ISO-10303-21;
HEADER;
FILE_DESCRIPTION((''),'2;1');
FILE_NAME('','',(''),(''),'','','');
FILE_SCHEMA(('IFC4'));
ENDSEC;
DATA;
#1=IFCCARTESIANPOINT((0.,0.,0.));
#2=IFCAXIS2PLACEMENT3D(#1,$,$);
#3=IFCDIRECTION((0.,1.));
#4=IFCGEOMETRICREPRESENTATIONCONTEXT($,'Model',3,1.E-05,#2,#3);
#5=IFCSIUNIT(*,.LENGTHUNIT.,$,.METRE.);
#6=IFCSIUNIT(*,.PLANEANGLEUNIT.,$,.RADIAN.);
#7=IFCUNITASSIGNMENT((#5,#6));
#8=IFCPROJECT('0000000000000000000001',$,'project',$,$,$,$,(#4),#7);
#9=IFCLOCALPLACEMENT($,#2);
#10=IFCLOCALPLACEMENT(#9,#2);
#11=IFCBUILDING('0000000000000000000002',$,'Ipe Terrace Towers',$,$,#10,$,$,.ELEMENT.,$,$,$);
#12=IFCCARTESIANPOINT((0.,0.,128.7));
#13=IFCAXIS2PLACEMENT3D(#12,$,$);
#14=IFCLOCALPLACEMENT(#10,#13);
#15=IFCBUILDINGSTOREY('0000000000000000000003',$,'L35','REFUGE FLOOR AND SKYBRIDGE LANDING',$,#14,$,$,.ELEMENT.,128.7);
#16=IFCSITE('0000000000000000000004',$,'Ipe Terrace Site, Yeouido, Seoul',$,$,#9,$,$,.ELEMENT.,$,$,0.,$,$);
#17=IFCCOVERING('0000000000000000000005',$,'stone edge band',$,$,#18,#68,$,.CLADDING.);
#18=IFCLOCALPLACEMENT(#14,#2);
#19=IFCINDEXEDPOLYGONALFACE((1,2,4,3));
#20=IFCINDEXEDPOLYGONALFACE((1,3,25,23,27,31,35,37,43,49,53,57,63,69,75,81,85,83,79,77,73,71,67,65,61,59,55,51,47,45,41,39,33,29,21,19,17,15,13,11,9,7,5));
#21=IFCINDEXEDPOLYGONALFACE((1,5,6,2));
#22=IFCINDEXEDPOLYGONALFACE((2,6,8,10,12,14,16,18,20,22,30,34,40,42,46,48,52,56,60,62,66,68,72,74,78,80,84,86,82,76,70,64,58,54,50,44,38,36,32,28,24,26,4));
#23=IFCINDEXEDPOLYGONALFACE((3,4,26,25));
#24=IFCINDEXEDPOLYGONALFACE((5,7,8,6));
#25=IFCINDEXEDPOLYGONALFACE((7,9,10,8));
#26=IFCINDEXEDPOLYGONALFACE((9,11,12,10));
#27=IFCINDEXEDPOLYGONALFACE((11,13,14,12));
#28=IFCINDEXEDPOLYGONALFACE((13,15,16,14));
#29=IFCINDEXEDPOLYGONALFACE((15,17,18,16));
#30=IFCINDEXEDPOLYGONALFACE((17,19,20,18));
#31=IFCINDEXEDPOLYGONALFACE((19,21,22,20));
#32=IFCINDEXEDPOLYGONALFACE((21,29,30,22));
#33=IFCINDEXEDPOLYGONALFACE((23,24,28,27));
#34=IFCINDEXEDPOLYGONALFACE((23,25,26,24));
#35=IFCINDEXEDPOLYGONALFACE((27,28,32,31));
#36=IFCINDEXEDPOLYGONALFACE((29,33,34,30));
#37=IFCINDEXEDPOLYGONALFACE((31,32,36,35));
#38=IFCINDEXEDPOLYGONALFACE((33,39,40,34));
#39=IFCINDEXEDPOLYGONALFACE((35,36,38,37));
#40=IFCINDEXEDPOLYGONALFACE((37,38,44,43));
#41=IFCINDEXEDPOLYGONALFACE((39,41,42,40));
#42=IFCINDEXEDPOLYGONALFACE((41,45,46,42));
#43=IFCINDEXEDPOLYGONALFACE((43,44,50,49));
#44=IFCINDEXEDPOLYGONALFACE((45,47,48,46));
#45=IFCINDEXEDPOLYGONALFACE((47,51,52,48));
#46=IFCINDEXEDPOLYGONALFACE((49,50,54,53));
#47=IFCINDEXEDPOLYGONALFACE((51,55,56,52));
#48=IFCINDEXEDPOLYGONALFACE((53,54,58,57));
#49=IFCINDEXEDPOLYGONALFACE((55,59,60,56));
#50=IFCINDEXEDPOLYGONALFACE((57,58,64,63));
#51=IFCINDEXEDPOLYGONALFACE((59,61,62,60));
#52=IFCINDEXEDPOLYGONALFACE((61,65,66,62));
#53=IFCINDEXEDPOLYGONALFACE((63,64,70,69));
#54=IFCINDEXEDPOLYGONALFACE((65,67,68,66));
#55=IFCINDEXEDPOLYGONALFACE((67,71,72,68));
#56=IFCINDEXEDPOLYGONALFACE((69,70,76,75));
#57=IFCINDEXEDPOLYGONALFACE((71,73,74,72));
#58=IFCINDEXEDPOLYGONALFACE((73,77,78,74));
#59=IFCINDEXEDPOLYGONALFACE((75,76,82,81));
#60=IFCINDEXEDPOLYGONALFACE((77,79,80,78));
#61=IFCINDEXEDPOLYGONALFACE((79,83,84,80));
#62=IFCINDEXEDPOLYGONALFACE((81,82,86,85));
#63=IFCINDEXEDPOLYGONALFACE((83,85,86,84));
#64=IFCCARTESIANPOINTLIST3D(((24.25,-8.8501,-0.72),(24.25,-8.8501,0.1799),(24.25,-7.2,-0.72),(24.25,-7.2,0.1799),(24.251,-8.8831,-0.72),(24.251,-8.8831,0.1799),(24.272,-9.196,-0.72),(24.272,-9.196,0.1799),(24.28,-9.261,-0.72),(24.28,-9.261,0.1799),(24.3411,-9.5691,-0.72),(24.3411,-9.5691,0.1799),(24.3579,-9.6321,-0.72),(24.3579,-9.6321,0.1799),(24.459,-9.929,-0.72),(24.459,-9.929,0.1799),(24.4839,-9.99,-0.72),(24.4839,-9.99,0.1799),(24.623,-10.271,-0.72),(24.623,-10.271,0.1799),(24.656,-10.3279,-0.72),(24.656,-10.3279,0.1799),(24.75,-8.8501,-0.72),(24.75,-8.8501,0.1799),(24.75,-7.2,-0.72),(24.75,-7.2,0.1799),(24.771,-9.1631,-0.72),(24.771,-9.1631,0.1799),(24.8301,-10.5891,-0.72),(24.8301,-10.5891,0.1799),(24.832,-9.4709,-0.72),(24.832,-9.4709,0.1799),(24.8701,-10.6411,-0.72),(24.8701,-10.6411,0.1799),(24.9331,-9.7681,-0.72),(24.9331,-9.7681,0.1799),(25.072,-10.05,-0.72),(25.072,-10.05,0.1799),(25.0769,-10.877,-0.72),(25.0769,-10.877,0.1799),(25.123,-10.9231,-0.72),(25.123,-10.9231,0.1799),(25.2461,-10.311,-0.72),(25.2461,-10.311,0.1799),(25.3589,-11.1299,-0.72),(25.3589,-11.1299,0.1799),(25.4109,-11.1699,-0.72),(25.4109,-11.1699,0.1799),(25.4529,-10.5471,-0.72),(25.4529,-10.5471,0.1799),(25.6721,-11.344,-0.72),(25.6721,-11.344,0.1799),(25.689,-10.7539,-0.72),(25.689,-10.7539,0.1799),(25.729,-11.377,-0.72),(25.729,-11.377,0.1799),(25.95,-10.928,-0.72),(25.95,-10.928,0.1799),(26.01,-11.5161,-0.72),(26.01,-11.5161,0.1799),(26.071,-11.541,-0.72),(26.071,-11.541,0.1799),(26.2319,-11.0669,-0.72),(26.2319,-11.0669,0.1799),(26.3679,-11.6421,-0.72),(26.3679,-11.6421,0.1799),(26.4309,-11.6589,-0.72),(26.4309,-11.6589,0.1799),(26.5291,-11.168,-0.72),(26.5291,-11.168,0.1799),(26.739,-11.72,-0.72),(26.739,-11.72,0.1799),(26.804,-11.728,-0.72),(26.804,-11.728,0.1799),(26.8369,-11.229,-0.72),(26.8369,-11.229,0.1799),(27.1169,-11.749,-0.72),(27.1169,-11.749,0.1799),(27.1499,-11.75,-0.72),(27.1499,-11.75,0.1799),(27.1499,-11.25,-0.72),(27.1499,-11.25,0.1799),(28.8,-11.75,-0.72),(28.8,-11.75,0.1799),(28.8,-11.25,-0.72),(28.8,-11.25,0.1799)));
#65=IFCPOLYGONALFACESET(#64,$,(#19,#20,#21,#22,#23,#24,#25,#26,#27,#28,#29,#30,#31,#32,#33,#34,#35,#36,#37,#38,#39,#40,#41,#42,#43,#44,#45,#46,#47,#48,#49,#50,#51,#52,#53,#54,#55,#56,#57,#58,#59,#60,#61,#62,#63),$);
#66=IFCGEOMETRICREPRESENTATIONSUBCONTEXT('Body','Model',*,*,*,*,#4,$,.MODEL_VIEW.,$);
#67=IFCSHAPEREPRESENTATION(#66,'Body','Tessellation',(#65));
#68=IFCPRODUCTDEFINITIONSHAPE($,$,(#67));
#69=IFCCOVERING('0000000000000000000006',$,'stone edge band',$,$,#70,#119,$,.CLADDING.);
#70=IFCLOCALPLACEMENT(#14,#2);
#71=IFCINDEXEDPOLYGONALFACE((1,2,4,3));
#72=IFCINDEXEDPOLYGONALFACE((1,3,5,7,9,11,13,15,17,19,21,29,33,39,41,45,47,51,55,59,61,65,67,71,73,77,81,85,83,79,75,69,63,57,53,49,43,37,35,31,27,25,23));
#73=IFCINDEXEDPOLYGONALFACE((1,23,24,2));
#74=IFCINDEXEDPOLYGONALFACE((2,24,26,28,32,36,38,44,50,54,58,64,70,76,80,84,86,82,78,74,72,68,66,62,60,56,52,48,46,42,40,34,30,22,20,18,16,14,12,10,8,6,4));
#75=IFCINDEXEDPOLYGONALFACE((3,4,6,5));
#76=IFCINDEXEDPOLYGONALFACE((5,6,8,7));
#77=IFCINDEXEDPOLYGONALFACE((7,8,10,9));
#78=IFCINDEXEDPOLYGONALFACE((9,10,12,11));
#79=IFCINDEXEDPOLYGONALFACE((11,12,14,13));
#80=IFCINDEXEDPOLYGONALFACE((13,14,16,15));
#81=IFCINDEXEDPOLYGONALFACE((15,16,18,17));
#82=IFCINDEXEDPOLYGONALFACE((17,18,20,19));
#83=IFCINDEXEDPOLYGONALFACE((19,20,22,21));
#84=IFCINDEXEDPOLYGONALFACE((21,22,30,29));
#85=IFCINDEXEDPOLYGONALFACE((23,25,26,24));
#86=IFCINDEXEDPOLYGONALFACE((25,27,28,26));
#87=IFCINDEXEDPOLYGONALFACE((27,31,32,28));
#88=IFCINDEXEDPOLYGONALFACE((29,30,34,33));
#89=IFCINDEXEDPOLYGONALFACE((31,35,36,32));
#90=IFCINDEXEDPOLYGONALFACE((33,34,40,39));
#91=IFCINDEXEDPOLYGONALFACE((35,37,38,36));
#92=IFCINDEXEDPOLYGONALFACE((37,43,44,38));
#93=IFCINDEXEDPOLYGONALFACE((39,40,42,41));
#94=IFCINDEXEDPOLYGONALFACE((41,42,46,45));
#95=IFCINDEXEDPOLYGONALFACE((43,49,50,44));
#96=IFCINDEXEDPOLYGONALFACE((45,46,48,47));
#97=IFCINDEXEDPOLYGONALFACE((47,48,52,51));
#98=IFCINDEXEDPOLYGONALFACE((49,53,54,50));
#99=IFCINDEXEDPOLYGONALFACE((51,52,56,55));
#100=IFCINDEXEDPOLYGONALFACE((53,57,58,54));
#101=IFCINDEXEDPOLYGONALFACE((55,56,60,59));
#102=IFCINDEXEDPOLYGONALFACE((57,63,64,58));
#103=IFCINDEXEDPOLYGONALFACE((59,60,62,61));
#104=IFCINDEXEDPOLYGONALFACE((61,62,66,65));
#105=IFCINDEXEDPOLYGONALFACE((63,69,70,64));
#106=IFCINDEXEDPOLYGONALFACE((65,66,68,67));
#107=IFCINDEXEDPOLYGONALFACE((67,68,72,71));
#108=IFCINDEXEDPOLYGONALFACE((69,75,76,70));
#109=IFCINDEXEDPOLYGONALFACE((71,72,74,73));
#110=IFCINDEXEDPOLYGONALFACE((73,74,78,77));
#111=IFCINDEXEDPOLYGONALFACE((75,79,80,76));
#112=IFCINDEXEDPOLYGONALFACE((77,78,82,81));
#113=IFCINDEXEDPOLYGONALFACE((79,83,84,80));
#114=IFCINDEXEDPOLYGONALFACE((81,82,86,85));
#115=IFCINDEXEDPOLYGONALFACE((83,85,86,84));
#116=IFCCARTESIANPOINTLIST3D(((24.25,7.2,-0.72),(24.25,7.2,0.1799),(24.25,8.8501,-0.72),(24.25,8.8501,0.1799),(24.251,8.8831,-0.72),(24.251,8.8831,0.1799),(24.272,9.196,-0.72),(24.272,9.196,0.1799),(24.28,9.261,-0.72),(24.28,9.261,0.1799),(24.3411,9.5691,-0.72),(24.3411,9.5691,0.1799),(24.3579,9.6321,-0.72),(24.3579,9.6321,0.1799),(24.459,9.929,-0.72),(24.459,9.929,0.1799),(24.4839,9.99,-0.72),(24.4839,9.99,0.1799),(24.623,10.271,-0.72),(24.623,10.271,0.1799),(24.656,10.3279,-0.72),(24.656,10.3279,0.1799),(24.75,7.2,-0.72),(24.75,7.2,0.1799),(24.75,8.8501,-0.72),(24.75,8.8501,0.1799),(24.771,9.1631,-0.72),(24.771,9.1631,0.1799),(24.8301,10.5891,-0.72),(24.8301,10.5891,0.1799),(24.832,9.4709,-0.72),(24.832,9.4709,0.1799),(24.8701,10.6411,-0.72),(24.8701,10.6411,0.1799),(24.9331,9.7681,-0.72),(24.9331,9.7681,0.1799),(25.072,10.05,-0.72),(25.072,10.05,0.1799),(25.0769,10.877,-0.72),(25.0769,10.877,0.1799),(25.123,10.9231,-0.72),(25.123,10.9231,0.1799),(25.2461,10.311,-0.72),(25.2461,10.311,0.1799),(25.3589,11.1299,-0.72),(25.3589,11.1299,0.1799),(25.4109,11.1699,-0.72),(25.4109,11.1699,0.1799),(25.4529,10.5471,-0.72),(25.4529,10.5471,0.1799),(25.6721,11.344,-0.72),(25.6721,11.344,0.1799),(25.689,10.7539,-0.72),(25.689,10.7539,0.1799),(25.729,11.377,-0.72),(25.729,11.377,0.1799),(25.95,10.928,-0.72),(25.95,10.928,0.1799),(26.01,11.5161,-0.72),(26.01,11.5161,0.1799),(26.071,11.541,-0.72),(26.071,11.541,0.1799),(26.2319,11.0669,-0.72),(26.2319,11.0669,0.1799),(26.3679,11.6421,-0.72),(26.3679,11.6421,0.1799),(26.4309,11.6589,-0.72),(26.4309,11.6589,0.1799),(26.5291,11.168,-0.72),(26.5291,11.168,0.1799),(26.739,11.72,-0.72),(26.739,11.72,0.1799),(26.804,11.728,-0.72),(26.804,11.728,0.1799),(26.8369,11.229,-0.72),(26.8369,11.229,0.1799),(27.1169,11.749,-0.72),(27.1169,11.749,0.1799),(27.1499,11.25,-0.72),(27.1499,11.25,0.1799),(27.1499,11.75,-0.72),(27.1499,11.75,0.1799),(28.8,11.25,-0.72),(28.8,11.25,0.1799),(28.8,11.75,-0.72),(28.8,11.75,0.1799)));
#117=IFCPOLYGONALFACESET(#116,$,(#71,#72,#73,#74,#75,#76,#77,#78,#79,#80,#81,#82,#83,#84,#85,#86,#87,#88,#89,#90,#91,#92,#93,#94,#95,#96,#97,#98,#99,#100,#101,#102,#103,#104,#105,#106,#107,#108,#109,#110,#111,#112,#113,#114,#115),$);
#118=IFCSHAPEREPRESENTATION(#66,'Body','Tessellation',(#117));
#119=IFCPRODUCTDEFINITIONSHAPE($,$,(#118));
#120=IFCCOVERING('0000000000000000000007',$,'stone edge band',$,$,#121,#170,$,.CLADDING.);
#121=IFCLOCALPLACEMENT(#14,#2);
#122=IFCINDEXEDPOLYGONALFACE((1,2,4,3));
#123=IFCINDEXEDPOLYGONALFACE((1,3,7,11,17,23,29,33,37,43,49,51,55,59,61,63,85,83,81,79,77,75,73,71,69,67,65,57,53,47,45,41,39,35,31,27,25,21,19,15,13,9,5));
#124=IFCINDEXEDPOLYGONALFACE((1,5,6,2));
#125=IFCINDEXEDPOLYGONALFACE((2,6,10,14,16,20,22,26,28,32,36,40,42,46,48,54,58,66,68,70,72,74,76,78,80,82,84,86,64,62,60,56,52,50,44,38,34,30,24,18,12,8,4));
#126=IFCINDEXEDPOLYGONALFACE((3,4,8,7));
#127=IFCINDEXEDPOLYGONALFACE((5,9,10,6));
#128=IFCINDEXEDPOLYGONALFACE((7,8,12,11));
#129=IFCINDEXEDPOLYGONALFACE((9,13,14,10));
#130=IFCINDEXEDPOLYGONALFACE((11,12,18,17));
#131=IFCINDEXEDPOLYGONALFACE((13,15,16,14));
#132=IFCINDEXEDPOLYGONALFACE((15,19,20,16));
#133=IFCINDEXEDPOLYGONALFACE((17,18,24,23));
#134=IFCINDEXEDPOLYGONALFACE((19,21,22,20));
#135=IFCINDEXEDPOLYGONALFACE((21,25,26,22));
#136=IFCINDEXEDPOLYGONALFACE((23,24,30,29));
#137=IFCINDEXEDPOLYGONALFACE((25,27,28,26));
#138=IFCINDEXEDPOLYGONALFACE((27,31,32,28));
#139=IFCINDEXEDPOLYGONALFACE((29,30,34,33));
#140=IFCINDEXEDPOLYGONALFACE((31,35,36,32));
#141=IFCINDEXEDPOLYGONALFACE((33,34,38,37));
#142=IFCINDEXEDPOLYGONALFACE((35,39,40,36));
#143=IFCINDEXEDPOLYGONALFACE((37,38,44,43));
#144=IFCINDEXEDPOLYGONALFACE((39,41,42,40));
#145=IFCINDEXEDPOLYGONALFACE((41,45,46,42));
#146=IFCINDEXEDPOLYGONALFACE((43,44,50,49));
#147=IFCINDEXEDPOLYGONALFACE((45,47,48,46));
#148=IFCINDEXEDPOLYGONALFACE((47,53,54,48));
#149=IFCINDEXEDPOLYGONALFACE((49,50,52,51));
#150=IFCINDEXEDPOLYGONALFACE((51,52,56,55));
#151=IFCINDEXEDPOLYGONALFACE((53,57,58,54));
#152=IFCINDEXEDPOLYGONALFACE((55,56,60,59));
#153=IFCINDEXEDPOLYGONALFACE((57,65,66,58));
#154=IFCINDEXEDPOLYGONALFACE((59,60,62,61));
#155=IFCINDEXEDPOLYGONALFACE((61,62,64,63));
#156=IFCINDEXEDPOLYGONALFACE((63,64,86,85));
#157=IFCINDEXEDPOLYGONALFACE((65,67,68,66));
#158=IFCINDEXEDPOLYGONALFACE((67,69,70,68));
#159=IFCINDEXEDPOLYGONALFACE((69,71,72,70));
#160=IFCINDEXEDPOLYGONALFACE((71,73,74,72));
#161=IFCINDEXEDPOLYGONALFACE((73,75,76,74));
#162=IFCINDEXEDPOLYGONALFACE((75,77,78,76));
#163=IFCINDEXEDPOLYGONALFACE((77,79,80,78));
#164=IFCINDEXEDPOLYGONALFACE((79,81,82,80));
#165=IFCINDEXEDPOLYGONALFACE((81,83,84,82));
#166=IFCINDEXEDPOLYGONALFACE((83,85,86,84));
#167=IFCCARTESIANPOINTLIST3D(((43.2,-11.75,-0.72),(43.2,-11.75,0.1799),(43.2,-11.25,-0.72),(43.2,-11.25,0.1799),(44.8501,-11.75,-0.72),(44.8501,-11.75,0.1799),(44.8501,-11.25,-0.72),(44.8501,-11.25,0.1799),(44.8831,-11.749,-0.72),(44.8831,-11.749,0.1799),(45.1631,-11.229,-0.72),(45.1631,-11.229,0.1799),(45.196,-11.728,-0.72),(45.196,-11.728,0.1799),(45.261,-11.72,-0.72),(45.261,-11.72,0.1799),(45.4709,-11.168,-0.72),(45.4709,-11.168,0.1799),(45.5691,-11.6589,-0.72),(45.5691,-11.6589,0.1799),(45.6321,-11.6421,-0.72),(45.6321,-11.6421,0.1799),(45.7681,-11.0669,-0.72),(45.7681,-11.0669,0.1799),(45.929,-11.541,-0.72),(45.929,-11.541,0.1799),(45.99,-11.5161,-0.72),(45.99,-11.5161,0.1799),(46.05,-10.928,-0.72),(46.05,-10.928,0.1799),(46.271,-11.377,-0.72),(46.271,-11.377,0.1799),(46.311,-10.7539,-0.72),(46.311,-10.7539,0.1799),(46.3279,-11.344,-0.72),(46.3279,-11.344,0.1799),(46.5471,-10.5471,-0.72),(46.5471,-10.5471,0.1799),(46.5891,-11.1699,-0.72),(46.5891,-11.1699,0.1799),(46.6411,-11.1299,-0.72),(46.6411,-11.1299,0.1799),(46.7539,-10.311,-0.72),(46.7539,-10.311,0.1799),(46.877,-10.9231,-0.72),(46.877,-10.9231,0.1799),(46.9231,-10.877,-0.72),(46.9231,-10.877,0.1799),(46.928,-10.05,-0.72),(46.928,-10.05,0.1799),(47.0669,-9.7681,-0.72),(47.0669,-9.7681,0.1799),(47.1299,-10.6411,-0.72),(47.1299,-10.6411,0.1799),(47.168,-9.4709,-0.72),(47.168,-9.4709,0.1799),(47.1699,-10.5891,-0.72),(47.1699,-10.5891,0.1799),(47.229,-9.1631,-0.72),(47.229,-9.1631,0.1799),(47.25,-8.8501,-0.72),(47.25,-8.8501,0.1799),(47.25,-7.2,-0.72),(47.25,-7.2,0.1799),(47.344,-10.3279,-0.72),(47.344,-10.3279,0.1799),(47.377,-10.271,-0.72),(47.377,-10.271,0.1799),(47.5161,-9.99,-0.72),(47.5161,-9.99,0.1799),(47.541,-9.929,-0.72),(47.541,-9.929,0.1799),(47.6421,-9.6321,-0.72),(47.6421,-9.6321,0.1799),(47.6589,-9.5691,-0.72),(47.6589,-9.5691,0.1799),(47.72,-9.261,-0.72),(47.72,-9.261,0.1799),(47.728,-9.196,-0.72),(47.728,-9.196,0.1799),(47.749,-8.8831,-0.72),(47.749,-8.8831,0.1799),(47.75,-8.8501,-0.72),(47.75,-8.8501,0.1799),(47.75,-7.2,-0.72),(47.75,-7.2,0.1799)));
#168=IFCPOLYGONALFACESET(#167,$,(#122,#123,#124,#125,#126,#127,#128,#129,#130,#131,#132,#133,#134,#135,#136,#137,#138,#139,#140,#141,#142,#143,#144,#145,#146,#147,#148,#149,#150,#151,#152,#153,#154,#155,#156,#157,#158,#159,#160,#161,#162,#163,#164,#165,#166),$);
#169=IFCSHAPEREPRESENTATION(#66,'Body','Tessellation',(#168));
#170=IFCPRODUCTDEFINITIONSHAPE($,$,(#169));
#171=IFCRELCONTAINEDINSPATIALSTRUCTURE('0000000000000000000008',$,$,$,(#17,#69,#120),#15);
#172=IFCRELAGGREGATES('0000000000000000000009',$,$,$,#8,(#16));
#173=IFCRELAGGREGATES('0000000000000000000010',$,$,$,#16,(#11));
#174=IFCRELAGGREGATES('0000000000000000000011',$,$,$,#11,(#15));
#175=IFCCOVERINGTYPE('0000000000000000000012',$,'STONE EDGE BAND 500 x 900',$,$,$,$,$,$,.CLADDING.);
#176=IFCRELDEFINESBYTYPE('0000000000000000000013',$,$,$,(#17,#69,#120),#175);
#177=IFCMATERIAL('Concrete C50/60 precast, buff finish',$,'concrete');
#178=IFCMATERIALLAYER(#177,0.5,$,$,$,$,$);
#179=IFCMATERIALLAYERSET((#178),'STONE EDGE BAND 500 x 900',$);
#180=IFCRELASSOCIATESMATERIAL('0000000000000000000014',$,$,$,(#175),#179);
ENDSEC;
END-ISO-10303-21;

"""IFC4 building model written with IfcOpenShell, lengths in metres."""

from ifc_helpers import new_model, si_unit, direction, frame, origin, place, context, subcontext, project, spatial, polyline, outline, extrude, material, layer, layer_set, type_object, element, save


model = new_model("IFC4")

# Units and contexts
model_context = context("Model", 3, precision=1e-05, world=origin(), true_north=direction((0.0, 1.0)))
body_context = subcontext(model_context, "Body", "Model", "MODEL_VIEW")
ifc_project = project(units=[si_unit("LENGTHUNIT", "METRE"), si_unit("PLANEANGLEUNIT", "RADIAN")], contexts=[model_context])

# Site, building, storey
site_placement = place(None, origin())
site = spatial("IfcSite", under=ifc_project, at=site_placement, Name="Ipe Terrace Site, Yeouido, Seoul", CompositionType="ELEMENT", RefElevation=0.0)
building_placement = place(site_placement, origin())
building = spatial("IfcBuilding", under=site, at=building_placement, Name="Ipe Terrace Towers", CompositionType="ELEMENT")
storey_placement = place(building_placement, frame((0.0, 0.0, 128.7)))
storey = spatial("IfcBuildingStorey", under=building, at=storey_placement, Name="L35", Description="REFUGE FLOOR AND SKYBRIDGE LANDING", CompositionType="ELEMENT", Elevation=128.7)

# Coverings
ifc_material_1 = material(Name="Concrete C50/60 precast, buff finish", Category="concrete")
ifc_layer_1 = layer(ifc_material_1, 0.5)
ifc_layer_set_1 = layer_set([ifc_layer_1], Name="STONE EDGE BAND 500 x 900")
covering_type = type_object("IfcCoveringType", Name="STONE EDGE BAND 500 x 900", PredefinedType="CLADDING", material=ifc_layer_set_1)
covering_1_placement = place(storey_placement, frame((0.0, 0.0, -0.72)))
element("IfcCovering", 1, at=covering_1_placement, inside=storey, type_object=covering_type, Name="stone edge band", PredefinedType="CLADDING", context=body_context, shape_type="SweptSolid", body=[
    extrude(outline(polyline([(24.25, -8.8501), (24.251, -8.8831), (24.272, -9.196), (24.28, -9.261), (24.3411, -9.5691), (24.3579, -9.6321), (24.459, -9.929), (24.4839, -9.99), (24.623, -10.271), (24.656, -10.3279), (24.8301, -10.5891), (24.8701, -10.6411), (25.0769, -10.877), (25.123, -10.9231), (25.3589, -11.1299), (25.4109, -11.1699), (25.6721, -11.344), (25.729, -11.377), (26.01, -11.5161), (26.071, -11.541), (26.3679, -11.6421), (26.4309, -11.6589), (26.739, -11.72), (26.804, -11.728), (27.1169, -11.749), (27.1499, -11.75), (28.8, -11.75), (28.8, -11.25), (27.1499, -11.25), (26.8369, -11.229), (26.5291, -11.168), (26.2319, -11.0669), (25.95, -10.928), (25.689, -10.7539), (25.4529, -10.5471), (25.2461, -10.311), (25.072, -10.05), (24.9331, -9.7681), (24.832, -9.4709), (24.771, -9.1631), (24.75, -8.8501), (24.75, -7.2), (24.25, -7.2), (24.25, -8.8501)])), origin(), (0.0, 0.0, 1.0), 0.8999),
])
covering_2_placement = place(storey_placement, frame((0.0, 0.0, -0.72)))
element("IfcCovering", 2, at=covering_2_placement, inside=storey, type_object=covering_type, Name="stone edge band", PredefinedType="CLADDING", context=body_context, shape_type="SweptSolid", body=[
    extrude(outline(polyline([(24.25, 8.8501), (24.25, 7.2), (24.75, 7.2), (24.75, 8.8501), (24.771, 9.1631), (24.832, 9.4709), (24.9331, 9.7681), (25.072, 10.05), (25.2461, 10.311), (25.4529, 10.5471), (25.689, 10.7539), (25.95, 10.928), (26.2319, 11.0669), (26.5291, 11.168), (26.8369, 11.229), (27.1499, 11.25), (28.8, 11.25), (28.8, 11.75), (27.1499, 11.75), (27.1169, 11.749), (26.804, 11.728), (26.739, 11.72), (26.4309, 11.6589), (26.3679, 11.6421), (26.071, 11.541), (26.01, 11.5161), (25.729, 11.377), (25.6721, 11.344), (25.4109, 11.1699), (25.3589, 11.1299), (25.123, 10.9231), (25.0769, 10.877), (24.8701, 10.6411), (24.8301, 10.5891), (24.656, 10.3279), (24.623, 10.271), (24.4839, 9.99), (24.459, 9.929), (24.3579, 9.6321), (24.3411, 9.5691), (24.28, 9.261), (24.272, 9.196), (24.251, 8.8831), (24.25, 8.8501)])), origin(), (0.0, 0.0, 1.0), 0.8999),
])
covering_3_placement = place(storey_placement, frame((0.0, 0.0, -0.72)))
element("IfcCovering", 3, at=covering_3_placement, inside=storey, type_object=covering_type, Name="stone edge band", PredefinedType="CLADDING", context=body_context, shape_type="SweptSolid", body=[
    extrude(outline(polyline([(47.75, -8.8501), (47.75, -7.2), (47.25, -7.2), (47.25, -8.8501), (47.229, -9.1631), (47.168, -9.4709), (47.0669, -9.7681), (46.928, -10.05), (46.7539, -10.311), (46.5471, -10.5471), (46.311, -10.7539), (46.05, -10.928), (45.7681, -11.0669), (45.4709, -11.168), (45.1631, -11.229), (44.8501, -11.25), (43.2, -11.25), (43.2, -11.75), (44.8501, -11.75), (44.8831, -11.749), (45.196, -11.728), (45.261, -11.72), (45.5691, -11.6589), (45.6321, -11.6421), (45.929, -11.541), (45.99, -11.5161), (46.271, -11.377), (46.3279, -11.344), (46.5891, -11.1699), (46.6411, -11.1299), (46.877, -10.9231), (46.9231, -10.877), (47.1299, -10.6411), (47.1699, -10.5891), (47.344, -10.3279), (47.377, -10.271), (47.5161, -9.99), (47.541, -9.929), (47.6421, -9.6321), (47.6589, -9.5691), (47.72, -9.261), (47.728, -9.196), (47.749, -8.8831), (47.75, -8.8501)])), origin(), (0.0, 0.0, 1.0), 0.8999),
])

save(model, "model.ifc")
